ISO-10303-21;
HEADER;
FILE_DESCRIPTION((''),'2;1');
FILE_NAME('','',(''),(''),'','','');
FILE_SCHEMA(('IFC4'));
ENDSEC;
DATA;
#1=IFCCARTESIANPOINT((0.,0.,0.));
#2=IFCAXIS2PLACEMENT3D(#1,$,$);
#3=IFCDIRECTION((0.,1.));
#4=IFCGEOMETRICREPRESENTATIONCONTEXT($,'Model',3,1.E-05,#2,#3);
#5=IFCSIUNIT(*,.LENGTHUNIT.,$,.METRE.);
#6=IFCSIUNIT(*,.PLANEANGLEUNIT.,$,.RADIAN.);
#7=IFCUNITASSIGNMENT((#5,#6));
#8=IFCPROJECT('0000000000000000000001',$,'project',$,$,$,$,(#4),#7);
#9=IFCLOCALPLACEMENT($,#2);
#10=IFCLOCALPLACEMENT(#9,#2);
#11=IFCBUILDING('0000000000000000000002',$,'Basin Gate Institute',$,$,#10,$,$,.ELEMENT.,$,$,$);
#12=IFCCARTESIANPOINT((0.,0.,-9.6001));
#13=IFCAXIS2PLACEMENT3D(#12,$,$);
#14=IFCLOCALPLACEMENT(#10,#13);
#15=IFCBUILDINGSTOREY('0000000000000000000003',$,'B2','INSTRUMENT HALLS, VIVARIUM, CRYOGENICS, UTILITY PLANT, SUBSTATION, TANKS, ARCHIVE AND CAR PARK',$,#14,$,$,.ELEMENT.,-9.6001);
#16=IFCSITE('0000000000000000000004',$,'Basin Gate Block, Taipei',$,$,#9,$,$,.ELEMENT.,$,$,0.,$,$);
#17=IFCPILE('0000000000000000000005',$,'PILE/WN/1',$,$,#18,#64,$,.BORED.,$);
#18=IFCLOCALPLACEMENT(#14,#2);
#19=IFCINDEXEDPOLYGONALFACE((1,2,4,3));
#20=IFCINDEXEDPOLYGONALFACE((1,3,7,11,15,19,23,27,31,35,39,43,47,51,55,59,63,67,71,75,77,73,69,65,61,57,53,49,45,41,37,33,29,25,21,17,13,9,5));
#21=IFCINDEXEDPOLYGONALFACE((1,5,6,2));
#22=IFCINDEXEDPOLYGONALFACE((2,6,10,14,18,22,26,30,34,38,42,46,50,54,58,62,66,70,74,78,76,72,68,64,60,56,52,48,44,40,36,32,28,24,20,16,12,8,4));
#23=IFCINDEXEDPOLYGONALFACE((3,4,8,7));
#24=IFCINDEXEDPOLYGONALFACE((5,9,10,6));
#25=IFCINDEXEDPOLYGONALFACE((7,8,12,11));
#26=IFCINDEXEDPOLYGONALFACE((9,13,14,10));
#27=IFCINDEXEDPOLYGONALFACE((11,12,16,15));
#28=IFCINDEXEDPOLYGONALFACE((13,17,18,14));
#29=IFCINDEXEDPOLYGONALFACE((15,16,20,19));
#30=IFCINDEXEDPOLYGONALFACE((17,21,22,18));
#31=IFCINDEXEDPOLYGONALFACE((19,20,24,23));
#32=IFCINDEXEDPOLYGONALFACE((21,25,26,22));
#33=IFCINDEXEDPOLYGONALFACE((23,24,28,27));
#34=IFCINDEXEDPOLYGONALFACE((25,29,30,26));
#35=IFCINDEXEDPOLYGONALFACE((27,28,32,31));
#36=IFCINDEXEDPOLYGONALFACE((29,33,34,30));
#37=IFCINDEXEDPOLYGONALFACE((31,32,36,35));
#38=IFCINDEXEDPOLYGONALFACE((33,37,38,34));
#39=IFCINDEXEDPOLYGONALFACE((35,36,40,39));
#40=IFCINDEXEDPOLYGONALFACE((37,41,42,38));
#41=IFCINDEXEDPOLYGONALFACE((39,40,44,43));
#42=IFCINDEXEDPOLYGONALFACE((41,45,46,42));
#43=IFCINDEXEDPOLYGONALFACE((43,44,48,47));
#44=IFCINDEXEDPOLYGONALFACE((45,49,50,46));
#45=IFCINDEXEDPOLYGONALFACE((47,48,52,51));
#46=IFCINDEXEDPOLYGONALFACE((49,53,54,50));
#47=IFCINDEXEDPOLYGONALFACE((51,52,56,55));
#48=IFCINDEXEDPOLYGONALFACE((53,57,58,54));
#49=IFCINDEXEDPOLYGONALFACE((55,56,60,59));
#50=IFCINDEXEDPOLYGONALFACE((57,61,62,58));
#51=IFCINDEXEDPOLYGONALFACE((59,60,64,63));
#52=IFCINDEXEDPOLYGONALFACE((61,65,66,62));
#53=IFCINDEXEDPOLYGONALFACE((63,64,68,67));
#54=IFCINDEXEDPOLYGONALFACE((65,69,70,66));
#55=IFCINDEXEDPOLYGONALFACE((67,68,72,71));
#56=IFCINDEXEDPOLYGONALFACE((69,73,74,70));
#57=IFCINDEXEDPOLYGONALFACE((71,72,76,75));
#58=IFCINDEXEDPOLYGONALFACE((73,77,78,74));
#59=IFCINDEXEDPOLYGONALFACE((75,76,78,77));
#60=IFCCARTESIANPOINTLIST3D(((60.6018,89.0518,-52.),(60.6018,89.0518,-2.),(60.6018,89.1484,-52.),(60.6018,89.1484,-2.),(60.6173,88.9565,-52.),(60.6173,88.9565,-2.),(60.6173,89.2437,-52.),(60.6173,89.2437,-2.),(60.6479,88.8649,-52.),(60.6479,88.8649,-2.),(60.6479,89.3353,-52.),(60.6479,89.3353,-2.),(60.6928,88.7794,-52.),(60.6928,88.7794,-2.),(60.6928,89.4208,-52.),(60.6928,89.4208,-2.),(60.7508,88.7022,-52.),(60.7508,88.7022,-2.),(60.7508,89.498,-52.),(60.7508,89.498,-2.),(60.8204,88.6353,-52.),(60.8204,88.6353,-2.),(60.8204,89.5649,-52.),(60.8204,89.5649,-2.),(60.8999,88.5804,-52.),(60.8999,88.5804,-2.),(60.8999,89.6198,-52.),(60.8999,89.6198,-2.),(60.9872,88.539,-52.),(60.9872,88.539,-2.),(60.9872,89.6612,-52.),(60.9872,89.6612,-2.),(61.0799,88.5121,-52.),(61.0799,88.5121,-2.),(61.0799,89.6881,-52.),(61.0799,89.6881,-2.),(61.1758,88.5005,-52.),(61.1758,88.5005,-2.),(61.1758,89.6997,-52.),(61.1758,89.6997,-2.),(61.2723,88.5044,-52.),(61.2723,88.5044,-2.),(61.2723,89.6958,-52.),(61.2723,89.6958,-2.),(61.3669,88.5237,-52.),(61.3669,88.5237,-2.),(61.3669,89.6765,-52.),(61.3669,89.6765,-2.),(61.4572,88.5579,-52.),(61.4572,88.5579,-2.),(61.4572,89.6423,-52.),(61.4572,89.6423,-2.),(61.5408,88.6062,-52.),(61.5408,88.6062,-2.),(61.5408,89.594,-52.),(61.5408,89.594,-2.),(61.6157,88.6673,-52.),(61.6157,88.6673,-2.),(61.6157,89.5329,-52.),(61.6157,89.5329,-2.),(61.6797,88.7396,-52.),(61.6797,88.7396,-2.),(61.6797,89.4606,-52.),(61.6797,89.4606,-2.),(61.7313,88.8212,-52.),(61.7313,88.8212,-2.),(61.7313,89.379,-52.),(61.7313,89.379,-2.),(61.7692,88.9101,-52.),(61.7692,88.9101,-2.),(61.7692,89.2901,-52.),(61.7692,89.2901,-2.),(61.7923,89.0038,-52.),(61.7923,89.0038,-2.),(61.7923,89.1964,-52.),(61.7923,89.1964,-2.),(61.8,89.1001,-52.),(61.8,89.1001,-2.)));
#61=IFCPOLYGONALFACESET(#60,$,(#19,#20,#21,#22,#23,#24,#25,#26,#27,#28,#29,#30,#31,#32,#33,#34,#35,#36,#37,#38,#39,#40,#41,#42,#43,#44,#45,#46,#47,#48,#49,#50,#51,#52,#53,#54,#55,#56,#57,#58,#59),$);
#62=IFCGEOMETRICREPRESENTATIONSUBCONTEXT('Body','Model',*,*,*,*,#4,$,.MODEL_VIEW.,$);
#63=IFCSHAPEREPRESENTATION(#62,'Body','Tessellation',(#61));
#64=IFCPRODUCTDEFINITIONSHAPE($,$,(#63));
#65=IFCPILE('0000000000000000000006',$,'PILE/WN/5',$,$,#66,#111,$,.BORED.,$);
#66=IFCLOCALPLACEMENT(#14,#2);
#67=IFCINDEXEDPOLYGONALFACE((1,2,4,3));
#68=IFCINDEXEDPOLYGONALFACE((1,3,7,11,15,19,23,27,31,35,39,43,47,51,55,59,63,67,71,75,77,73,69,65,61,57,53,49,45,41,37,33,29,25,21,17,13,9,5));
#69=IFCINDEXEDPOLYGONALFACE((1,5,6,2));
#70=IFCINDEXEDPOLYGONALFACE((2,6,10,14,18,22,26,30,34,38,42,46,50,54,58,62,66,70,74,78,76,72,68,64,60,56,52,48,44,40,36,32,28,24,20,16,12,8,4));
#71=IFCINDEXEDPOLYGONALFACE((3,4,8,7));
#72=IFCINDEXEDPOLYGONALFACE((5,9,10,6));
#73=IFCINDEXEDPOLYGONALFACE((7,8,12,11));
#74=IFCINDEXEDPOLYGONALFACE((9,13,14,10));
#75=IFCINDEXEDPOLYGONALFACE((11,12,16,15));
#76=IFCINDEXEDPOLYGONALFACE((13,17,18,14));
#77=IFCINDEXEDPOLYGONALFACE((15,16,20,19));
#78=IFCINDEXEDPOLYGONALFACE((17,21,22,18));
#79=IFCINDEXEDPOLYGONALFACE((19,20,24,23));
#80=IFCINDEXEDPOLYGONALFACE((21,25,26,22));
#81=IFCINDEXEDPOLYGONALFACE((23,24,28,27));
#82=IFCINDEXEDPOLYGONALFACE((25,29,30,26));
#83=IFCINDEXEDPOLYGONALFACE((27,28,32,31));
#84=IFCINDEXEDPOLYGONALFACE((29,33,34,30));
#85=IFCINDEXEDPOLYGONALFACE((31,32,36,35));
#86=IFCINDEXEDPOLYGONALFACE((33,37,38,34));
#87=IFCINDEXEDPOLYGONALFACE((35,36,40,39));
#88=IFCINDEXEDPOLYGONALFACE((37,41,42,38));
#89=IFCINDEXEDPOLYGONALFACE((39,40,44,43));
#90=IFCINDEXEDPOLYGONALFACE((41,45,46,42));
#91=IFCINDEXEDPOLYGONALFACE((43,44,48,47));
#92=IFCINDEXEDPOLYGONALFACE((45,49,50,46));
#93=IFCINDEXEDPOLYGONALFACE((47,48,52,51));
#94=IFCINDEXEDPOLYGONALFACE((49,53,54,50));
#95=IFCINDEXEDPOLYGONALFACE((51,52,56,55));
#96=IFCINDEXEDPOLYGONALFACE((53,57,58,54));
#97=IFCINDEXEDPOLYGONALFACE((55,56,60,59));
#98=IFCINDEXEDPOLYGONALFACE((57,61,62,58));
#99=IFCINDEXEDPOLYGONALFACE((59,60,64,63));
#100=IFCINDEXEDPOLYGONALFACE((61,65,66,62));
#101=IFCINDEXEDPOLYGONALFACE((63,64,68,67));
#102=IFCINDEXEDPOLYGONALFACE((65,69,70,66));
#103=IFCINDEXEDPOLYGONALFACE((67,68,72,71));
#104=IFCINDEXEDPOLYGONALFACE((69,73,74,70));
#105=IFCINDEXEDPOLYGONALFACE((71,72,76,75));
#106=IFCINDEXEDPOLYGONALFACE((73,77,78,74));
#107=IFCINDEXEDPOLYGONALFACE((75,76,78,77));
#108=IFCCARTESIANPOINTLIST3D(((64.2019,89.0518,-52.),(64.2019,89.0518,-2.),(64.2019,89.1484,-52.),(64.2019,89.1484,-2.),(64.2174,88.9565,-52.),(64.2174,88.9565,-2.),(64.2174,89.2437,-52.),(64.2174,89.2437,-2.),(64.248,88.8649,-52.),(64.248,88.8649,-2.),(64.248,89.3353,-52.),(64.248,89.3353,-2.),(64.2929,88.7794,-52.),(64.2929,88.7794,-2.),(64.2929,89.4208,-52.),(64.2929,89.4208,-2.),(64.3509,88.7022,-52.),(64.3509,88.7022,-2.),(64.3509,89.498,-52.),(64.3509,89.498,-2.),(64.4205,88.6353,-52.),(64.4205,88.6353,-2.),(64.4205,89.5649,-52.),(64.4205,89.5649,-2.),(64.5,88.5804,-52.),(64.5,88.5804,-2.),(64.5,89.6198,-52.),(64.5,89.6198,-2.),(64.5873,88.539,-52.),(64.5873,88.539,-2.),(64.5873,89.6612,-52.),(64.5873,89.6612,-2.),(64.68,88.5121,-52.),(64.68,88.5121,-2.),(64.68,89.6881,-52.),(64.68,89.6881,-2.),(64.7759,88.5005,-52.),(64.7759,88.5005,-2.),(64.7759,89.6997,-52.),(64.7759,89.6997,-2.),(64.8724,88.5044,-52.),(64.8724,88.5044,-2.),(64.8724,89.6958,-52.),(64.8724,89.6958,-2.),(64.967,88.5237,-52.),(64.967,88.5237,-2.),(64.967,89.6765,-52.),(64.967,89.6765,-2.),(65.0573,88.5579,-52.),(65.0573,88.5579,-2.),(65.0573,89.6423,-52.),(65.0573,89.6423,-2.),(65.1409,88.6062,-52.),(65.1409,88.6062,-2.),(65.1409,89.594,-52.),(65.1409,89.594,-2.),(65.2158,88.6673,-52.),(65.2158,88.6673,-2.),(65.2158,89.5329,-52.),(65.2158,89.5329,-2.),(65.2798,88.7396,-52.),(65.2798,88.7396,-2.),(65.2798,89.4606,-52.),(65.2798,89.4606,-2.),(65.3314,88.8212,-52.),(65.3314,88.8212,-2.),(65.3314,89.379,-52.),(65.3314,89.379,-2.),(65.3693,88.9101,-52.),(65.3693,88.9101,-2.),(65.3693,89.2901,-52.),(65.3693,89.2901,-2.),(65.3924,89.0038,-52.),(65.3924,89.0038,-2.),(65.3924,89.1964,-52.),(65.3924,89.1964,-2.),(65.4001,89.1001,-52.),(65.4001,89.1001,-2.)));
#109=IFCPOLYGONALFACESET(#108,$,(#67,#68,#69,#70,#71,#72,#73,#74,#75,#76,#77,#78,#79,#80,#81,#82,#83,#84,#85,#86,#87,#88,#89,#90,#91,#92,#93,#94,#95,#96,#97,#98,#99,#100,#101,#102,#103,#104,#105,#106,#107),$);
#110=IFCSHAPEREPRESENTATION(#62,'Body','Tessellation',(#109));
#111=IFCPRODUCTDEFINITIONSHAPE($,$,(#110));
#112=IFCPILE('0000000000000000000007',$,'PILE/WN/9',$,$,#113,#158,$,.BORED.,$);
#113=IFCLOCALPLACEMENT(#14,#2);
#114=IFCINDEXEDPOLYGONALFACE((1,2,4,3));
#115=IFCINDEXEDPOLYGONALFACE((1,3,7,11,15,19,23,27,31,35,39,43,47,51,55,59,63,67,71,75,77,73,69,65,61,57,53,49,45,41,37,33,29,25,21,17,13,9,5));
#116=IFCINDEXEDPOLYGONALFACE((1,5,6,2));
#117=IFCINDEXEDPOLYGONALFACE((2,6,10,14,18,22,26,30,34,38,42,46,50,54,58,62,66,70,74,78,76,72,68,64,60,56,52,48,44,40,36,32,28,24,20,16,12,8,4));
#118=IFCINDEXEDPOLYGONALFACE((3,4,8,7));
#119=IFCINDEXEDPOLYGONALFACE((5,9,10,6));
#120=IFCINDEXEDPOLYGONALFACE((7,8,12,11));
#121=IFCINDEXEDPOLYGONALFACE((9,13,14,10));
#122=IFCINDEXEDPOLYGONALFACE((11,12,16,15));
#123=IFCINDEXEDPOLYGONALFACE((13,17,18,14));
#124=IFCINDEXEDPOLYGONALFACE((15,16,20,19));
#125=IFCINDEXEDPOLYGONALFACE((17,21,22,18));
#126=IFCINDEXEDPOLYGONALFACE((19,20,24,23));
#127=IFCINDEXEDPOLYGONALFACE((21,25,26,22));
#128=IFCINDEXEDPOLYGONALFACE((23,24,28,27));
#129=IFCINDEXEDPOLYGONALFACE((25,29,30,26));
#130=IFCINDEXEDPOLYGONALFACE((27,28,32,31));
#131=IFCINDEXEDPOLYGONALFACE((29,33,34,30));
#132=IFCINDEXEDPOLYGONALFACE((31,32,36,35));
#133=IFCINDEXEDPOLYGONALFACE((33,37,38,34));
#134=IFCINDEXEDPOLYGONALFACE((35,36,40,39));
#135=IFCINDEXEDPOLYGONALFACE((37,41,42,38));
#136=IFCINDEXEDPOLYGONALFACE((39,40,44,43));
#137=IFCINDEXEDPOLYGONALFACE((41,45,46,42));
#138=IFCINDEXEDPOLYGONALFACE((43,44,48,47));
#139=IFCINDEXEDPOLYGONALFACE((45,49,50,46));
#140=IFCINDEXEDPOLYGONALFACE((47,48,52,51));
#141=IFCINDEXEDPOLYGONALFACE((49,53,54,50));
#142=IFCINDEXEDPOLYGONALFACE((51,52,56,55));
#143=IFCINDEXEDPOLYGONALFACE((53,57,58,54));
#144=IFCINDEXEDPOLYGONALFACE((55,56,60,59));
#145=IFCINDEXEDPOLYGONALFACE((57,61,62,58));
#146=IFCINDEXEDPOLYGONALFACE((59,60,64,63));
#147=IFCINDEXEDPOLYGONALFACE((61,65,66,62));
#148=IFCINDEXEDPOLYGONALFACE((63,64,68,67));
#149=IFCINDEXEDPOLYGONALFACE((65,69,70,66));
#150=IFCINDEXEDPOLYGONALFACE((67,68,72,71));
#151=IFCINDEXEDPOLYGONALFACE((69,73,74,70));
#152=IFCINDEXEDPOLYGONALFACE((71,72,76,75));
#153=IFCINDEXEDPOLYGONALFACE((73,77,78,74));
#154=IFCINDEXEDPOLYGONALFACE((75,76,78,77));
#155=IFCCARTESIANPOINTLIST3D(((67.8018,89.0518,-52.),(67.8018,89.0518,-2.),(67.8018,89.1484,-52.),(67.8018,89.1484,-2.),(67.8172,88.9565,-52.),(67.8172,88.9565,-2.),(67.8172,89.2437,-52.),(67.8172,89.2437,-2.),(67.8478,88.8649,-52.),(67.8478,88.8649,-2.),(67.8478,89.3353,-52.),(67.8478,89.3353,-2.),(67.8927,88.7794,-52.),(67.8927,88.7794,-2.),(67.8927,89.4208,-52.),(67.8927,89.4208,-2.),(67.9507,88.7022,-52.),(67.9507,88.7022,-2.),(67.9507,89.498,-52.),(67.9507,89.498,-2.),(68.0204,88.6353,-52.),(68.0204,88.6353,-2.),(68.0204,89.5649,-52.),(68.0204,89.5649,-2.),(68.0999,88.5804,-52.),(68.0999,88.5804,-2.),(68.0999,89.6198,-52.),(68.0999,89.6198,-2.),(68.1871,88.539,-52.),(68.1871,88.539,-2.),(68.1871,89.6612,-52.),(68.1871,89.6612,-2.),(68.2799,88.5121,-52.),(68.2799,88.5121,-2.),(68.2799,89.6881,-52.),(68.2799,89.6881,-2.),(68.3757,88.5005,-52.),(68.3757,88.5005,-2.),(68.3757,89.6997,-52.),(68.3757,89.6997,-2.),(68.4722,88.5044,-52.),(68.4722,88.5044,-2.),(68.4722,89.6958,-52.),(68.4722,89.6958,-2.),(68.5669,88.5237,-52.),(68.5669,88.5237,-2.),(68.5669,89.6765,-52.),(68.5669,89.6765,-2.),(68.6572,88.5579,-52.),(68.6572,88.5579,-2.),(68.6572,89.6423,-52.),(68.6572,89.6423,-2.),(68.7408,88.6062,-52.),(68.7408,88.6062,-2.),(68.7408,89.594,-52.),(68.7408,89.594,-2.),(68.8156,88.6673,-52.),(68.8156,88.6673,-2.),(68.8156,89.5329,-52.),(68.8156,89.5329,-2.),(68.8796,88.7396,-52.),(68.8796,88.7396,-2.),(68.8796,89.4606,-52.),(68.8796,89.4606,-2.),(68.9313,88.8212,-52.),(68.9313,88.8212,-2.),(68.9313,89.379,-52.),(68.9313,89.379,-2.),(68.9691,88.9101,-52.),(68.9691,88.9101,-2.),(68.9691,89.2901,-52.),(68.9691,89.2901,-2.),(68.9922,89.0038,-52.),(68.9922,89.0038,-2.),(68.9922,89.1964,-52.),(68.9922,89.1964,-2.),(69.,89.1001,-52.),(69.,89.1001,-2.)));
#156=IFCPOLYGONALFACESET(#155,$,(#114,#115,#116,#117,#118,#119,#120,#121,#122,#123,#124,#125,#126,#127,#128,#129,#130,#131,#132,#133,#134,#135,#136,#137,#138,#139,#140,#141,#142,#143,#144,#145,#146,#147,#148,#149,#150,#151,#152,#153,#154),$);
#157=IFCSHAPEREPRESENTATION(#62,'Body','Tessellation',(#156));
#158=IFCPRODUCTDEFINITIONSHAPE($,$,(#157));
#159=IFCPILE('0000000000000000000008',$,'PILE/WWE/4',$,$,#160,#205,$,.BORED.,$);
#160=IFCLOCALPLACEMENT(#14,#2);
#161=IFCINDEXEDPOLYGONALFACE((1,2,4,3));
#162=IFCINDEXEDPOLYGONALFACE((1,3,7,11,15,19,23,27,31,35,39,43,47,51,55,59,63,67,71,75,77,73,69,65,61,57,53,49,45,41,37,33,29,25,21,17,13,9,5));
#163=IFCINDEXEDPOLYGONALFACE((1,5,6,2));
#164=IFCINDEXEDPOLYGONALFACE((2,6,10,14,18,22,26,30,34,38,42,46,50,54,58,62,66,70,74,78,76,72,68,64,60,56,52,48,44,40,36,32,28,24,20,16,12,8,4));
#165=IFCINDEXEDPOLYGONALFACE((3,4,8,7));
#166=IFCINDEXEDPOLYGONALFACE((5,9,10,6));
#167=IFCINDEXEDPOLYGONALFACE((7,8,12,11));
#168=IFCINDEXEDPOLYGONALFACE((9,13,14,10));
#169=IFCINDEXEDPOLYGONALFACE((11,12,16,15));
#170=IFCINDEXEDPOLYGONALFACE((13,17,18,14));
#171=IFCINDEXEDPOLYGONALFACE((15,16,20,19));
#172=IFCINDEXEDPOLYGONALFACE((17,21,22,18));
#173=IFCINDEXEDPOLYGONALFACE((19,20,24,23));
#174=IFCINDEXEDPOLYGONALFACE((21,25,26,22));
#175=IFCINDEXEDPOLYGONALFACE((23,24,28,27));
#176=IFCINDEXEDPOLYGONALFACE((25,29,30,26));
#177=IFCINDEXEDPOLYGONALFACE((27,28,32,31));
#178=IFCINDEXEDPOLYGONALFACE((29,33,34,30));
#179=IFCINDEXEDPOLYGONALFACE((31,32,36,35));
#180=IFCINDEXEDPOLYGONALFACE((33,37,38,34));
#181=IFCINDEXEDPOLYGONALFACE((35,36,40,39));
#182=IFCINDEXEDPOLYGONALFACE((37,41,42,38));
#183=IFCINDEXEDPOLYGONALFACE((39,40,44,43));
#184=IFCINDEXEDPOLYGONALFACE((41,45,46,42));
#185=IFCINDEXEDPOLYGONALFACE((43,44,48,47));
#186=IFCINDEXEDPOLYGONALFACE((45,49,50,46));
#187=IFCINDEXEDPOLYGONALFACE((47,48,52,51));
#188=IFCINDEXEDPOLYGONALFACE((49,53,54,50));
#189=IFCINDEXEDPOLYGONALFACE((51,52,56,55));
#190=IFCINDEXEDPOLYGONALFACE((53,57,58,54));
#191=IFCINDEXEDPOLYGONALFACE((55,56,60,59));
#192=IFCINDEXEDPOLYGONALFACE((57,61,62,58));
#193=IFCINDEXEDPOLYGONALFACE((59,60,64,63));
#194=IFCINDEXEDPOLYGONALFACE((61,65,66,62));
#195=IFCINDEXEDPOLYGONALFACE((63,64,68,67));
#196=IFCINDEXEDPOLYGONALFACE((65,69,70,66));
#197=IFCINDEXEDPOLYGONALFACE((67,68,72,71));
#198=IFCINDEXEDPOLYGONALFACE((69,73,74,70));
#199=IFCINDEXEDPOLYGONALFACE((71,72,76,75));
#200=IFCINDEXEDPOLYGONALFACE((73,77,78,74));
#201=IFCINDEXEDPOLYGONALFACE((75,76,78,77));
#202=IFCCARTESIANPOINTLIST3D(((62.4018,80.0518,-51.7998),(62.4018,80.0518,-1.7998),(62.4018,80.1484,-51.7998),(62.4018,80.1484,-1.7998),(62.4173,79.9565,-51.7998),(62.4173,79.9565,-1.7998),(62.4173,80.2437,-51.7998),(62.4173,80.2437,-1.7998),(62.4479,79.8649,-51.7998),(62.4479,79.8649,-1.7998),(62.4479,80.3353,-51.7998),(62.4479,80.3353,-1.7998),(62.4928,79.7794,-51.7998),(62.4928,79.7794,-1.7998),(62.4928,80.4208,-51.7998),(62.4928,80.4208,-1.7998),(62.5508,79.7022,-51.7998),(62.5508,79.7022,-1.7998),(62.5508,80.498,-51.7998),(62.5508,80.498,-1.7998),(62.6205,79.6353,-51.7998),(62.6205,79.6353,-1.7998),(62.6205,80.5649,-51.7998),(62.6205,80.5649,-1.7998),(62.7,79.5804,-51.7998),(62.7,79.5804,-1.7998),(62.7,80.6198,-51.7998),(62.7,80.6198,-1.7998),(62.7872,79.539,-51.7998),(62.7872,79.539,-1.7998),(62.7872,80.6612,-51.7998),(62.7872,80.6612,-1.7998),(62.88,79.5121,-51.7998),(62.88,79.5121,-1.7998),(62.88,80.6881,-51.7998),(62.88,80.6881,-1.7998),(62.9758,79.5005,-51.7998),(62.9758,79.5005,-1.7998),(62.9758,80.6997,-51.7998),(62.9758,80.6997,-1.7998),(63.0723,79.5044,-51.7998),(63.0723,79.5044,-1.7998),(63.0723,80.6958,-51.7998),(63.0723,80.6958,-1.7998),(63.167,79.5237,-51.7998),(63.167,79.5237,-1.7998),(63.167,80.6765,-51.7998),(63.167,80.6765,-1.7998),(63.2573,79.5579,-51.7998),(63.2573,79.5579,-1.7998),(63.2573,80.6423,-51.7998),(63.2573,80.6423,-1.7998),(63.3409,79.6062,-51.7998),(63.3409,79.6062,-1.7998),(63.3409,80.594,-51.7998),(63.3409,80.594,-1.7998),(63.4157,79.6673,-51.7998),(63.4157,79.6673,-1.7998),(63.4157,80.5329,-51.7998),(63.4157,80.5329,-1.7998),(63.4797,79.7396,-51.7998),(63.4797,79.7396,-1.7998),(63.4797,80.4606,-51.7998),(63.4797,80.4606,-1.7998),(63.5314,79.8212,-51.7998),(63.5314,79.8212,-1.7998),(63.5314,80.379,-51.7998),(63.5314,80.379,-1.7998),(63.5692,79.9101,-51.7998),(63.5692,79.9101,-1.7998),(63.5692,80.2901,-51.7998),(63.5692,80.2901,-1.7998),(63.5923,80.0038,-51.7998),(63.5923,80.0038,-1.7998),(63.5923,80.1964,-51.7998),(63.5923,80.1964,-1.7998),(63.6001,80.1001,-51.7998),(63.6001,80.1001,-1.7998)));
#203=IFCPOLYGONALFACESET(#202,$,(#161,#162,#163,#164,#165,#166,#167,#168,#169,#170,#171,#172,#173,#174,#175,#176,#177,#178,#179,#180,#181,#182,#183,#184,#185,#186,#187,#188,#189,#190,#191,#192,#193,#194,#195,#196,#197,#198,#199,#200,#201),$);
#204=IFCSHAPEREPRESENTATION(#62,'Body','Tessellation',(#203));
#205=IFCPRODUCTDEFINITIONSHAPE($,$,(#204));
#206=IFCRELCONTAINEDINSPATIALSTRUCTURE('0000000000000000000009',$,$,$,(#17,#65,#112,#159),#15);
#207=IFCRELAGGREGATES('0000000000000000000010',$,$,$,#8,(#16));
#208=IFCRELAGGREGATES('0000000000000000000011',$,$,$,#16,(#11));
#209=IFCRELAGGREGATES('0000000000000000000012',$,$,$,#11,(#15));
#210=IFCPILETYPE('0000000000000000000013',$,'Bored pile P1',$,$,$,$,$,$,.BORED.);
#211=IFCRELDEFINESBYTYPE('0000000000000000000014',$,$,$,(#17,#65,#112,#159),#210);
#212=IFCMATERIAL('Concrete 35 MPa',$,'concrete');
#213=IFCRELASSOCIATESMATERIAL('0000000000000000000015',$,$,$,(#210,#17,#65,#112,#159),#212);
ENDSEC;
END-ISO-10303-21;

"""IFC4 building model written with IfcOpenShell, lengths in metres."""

from ifc_helpers import new_model, si_unit, direction, frame, origin, origin_2d, place, context, subcontext, project, spatial, circle, extrude, material, material_profile, profile_set, type_object, element, save


model = new_model("IFC4")

# Units and contexts
model_context = context("Model", 3, precision=1e-05, world=origin(), true_north=direction((0.0, 1.0)))
body_context = subcontext(model_context, "Body", "Model", "MODEL_VIEW")
ifc_project = project(units=[si_unit("LENGTHUNIT", "METRE"), si_unit("PLANEANGLEUNIT", "RADIAN")], contexts=[model_context])

# Site, building, storey
site_placement = place(None, origin())
site = spatial("IfcSite", under=ifc_project, at=site_placement, Name="Basin Gate Block, Taipei", CompositionType="ELEMENT", RefElevation=0.0)
building_placement = place(site_placement, origin())
building = spatial("IfcBuilding", under=site, at=building_placement, Name="Basin Gate Institute", CompositionType="ELEMENT")
storey_placement = place(building_placement, frame((0.0, 0.0, -9.6001)))
storey = spatial("IfcBuildingStorey", under=building, at=storey_placement, Name="B2", Description="INSTRUMENT HALLS, VIVARIUM, CRYOGENICS, UTILITY PLANT, SUBSTATION, TANKS, ARCHIVE AND CAR PARK", CompositionType="ELEMENT", Elevation=-9.6001)

# Piles
ifc_material_1 = material(Name="Concrete 35 MPa", Category="concrete")
ifc_material_profile_1 = material_profile(ifc_material_1, circle(Radius=0.6001, at=origin_2d()), Name="Bored pile P1 1200 dia")
ifc_profile_set_1 = profile_set([ifc_material_profile_1], Name="Concrete 35 MPa")
pile_type = type_object("IfcPileType", Name="Bored pile P1", PredefinedType="BORED", material=ifc_profile_set_1)
for number, where, z_axis, x_axis, name in (
    (1, (61.2, 89.1001, -2.0), (0.0, 0.0, -1.0), (1.0, 0.0, 0.0), "PILE/WN/1"),
    (2, (64.8, 89.1001, -2.0), (0.0, 0.0, -1.0), (1.0, 0.0, 0.0), "PILE/WN/5"),
    (3, (68.3999, 89.1001, -2.0), (0.0, 0.0, -1.0), (1.0, 0.0, 0.0), "PILE/WN/9"),
    (4, (63.0, 80.1001, -1.7998), (0.0, 0.0, -1.0), (1.0, 0.0, 0.0), "PILE/WWE/4"),
):
    element("IfcPile", number, at=place(storey_placement, frame(where, z_axis=z_axis, x_axis=x_axis)), inside=storey, type_object=pile_type, material=ifc_profile_set_1, Name=name, PredefinedType="BORED", context=body_context, shape_type="SweptSolid", body=[
        extrude(circle(Radius=0.6001, at=origin_2d()), origin(), (0.0, 0.0, 1.0), 50.0),
    ])

save(model, "model.ifc")
